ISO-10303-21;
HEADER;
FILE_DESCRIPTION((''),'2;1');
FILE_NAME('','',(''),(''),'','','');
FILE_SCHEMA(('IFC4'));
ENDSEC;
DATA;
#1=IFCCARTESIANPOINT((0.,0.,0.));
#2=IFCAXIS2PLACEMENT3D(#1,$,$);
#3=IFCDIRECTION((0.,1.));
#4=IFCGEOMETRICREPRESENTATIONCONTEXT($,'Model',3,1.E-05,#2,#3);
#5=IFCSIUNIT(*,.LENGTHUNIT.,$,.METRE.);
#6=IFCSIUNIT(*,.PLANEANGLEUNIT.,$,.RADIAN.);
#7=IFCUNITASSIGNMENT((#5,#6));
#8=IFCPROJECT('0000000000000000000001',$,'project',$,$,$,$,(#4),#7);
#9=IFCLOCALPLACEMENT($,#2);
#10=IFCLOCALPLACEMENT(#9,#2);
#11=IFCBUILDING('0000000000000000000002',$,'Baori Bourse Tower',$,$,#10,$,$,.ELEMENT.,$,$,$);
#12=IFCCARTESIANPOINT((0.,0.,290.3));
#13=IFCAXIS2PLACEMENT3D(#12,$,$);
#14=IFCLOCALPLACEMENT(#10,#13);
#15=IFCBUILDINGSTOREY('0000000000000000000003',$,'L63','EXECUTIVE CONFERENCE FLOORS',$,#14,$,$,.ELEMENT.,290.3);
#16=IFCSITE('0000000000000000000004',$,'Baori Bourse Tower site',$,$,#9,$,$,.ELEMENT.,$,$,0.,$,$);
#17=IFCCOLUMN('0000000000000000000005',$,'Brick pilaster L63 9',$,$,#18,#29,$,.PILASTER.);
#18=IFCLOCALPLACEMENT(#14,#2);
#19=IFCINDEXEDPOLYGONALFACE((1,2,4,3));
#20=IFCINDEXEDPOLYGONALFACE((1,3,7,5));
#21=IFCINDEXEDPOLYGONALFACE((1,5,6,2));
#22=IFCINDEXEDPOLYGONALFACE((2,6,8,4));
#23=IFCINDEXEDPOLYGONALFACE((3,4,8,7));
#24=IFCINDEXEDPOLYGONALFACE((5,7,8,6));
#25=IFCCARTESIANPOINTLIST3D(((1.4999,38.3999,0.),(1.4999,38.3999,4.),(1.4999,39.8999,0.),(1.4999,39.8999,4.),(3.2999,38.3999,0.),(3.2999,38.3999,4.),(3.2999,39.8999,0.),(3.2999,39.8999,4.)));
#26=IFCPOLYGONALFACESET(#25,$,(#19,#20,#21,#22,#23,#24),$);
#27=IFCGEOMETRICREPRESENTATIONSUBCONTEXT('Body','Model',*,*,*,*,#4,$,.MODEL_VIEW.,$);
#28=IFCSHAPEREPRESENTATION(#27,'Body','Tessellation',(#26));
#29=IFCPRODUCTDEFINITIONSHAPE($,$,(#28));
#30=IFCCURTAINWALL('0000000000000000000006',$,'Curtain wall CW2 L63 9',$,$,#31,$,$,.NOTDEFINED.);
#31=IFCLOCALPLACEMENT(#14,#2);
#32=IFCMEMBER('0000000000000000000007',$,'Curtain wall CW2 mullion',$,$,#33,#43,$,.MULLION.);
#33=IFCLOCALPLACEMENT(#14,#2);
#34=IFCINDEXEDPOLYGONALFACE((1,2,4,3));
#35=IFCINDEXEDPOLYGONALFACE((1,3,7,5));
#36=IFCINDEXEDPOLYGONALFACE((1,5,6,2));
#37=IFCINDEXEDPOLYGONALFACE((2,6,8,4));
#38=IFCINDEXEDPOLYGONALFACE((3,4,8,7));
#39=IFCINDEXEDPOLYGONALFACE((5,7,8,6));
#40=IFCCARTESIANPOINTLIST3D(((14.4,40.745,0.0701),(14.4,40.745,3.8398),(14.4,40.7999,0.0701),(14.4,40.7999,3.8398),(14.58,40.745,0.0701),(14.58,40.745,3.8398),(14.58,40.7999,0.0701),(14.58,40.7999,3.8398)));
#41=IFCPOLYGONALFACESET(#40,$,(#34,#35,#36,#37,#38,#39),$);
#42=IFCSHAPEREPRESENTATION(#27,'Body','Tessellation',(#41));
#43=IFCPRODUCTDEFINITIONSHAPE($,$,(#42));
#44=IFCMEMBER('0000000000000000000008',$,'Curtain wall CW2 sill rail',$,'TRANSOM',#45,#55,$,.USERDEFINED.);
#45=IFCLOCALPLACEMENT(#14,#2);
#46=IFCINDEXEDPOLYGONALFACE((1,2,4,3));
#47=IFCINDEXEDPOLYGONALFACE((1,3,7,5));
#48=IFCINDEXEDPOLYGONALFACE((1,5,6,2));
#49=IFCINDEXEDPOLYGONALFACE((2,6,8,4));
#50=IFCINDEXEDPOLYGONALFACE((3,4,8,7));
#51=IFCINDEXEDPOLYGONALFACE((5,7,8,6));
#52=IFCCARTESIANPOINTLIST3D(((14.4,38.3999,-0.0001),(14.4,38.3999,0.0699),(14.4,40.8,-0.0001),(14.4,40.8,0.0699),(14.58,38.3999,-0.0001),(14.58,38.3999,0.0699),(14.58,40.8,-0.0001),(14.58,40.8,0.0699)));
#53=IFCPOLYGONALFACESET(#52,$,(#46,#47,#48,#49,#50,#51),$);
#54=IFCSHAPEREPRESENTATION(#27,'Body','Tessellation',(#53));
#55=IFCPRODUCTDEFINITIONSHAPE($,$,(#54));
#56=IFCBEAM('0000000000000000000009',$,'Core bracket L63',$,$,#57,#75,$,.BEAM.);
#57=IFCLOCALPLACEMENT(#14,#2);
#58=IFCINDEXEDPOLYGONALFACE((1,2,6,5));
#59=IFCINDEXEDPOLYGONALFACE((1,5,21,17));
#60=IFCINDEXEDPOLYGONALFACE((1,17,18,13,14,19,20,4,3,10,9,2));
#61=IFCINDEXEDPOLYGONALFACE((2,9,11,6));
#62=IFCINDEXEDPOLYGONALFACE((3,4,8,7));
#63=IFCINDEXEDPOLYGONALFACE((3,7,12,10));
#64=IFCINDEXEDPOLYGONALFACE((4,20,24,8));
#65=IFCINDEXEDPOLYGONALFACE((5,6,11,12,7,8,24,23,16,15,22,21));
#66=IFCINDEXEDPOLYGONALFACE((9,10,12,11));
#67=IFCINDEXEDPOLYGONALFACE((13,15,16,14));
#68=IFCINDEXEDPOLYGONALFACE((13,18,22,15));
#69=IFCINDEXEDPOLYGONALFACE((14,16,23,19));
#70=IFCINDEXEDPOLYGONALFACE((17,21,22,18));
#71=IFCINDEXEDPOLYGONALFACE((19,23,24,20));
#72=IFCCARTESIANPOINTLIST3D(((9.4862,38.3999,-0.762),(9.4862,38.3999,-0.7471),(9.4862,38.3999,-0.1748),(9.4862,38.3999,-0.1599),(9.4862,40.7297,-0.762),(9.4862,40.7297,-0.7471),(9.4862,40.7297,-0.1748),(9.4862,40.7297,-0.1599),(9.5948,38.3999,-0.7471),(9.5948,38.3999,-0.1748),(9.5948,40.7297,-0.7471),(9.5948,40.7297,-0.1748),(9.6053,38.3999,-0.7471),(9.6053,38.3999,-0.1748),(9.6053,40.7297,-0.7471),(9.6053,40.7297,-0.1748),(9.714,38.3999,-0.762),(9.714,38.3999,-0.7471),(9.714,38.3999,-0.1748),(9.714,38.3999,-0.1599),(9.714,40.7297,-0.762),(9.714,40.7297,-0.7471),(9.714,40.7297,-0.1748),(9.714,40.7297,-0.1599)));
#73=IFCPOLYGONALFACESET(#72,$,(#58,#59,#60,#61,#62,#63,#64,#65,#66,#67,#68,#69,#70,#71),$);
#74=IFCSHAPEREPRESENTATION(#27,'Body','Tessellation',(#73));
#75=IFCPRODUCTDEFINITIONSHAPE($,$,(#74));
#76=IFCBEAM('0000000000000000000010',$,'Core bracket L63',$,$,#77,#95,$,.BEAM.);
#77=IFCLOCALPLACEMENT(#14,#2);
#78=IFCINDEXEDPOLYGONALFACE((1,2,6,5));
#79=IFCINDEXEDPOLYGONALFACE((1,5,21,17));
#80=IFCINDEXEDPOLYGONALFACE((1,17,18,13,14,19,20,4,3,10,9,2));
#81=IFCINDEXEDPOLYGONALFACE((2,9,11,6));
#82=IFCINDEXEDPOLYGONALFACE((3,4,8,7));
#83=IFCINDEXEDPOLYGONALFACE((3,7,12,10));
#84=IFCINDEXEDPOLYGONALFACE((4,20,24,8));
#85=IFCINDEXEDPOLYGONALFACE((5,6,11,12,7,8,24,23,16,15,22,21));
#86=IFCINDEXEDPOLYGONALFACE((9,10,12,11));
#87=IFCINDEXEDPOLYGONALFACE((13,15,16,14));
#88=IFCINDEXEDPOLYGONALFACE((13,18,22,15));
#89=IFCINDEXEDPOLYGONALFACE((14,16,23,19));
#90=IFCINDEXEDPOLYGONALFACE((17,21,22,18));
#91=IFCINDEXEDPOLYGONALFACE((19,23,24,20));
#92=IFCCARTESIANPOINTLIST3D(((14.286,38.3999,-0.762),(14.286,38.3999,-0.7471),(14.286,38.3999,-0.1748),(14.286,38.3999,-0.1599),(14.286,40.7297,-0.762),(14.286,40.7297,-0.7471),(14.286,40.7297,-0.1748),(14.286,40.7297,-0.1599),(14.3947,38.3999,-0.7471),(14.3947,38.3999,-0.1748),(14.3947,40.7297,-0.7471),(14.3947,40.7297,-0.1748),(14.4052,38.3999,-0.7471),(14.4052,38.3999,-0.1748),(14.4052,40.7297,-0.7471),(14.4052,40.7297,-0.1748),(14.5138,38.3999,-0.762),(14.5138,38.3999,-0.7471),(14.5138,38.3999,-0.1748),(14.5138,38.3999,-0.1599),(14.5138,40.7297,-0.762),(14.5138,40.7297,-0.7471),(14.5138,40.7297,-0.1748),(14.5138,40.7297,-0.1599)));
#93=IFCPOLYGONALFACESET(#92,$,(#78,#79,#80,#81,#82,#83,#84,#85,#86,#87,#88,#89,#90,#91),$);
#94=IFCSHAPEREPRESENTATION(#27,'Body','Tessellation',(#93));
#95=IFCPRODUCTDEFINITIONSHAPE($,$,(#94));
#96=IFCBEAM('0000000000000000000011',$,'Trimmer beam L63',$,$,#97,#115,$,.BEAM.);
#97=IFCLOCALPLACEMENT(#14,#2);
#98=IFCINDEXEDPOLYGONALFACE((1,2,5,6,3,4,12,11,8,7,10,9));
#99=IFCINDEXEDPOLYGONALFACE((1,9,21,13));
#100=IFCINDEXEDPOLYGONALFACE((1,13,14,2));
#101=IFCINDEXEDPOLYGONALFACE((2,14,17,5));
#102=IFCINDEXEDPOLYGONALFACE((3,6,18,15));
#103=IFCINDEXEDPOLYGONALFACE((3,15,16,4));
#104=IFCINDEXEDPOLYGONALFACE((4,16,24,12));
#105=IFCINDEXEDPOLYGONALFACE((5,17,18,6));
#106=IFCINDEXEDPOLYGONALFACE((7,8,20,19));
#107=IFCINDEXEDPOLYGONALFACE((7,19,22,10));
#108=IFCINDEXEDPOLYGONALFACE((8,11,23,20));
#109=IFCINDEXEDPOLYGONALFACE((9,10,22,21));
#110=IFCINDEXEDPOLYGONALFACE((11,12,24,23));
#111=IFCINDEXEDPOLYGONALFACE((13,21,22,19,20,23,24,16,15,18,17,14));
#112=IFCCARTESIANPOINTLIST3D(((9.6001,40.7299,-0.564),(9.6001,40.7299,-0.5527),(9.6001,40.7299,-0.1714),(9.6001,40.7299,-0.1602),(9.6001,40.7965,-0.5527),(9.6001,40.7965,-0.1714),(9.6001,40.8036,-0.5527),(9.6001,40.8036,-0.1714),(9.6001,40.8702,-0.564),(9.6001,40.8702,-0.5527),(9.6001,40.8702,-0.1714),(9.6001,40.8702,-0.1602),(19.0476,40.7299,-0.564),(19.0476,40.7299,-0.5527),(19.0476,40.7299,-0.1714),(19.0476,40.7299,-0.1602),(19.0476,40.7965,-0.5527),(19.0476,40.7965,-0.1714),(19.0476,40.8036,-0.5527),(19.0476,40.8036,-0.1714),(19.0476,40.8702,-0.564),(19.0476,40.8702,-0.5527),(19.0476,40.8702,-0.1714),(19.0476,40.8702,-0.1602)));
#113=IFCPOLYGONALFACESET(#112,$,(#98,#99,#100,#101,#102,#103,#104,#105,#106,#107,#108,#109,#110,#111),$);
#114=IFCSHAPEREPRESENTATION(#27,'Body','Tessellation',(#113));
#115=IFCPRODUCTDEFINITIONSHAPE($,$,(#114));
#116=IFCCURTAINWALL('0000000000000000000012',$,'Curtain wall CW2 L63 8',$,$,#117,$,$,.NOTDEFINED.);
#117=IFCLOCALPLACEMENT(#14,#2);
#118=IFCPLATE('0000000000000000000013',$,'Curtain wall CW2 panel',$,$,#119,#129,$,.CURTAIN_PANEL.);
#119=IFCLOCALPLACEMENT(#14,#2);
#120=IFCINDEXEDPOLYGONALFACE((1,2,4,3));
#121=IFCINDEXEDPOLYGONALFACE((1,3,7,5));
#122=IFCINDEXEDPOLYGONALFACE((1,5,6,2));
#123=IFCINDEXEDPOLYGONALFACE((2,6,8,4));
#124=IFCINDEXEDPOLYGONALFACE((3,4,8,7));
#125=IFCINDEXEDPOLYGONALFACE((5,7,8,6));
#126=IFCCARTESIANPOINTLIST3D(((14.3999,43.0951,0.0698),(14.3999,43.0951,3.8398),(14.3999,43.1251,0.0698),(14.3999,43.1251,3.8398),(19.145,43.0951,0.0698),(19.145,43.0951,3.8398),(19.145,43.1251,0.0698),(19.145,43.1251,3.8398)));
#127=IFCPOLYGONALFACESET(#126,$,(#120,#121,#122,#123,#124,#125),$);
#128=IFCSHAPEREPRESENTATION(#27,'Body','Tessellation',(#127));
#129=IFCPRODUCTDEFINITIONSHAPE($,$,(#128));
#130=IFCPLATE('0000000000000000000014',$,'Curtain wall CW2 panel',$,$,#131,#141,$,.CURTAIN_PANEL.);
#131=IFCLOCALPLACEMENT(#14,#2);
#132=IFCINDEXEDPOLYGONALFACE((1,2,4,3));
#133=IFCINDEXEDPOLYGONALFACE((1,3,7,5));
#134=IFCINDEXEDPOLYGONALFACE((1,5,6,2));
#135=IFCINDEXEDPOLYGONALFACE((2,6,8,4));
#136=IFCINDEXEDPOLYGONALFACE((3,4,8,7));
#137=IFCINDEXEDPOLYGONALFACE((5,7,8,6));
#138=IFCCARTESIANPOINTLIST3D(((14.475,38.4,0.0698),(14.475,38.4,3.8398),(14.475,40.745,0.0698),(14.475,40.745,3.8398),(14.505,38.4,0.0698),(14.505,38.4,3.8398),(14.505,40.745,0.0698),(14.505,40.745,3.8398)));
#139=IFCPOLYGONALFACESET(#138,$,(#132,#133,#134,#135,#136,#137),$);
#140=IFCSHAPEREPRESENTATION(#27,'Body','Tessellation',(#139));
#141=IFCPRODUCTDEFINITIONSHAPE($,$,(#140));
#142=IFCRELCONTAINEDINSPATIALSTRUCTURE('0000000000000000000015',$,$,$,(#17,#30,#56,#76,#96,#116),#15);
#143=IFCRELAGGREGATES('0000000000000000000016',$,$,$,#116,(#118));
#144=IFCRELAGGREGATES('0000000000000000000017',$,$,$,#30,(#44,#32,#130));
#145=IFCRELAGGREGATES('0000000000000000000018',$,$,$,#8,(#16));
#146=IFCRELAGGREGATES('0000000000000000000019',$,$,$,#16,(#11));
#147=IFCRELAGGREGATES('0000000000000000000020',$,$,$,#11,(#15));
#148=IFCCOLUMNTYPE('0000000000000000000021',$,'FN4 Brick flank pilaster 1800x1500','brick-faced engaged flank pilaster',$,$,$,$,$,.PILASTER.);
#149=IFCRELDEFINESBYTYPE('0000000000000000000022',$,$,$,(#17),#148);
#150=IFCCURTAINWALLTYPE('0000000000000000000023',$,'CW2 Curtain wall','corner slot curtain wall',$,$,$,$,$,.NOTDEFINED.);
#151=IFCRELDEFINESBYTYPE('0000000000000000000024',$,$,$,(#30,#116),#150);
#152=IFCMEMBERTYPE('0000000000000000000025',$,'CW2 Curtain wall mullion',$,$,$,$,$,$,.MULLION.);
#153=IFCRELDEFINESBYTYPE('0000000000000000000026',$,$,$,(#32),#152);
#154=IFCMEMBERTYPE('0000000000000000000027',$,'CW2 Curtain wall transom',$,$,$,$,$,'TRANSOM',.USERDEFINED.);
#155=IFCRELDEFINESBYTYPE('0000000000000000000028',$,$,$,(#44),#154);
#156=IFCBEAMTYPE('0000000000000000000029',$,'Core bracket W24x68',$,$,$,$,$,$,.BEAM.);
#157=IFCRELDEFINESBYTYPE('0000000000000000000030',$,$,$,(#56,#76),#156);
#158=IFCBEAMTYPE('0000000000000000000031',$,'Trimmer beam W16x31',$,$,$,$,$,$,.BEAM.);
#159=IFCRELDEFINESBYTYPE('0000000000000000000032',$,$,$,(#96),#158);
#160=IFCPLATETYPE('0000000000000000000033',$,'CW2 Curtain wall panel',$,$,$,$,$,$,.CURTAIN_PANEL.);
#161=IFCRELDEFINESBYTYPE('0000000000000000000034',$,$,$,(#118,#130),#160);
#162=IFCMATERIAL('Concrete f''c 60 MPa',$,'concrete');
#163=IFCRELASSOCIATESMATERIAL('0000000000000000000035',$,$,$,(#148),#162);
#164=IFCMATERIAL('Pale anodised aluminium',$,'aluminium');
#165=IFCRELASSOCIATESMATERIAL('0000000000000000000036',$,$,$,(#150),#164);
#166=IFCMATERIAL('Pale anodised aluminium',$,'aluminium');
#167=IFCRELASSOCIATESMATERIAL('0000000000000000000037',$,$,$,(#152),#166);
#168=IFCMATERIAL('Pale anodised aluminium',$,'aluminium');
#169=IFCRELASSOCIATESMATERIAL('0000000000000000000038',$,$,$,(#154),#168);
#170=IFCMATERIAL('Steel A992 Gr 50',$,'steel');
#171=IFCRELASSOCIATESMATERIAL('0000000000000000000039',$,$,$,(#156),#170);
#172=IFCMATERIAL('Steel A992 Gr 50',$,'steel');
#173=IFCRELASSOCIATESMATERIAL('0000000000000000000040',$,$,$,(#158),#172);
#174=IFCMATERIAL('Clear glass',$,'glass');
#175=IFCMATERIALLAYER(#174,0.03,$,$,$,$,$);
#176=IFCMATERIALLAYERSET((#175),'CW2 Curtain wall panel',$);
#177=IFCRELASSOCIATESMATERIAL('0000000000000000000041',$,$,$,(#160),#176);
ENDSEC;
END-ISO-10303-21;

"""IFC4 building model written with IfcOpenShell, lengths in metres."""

from ifc_helpers import new_model, si_unit, direction, frame, origin, origin_2d, place, context, subcontext, project, spatial, rectangle, i_section, extrude, material, layer, layer_set, material_profile, profile_set, type_object, element, aggregate, save


model = new_model("IFC4")

# Units and contexts
model_context = context("Model", 3, precision=1e-05, world=origin(), true_north=direction((0.0, 1.0)))
body_context = subcontext(model_context, "Body", "Model", "MODEL_VIEW")
ifc_project = project(units=[si_unit("LENGTHUNIT", "METRE"), si_unit("PLANEANGLEUNIT", "RADIAN")], contexts=[model_context])

# Site, building, storey
site_placement = place(None, origin())
site = spatial("IfcSite", under=ifc_project, at=site_placement, Name="Baori Bourse Tower site", CompositionType="ELEMENT", RefElevation=0.0)
building_placement = place(site_placement, origin())
building = spatial("IfcBuilding", under=site, at=building_placement, Name="Baori Bourse Tower", CompositionType="ELEMENT")
storey_placement = place(building_placement, frame((0.0, 0.0, 290.3)))
storey = spatial("IfcBuildingStorey", under=building, at=storey_placement, Name="L63", Description="EXECUTIVE CONFERENCE FLOORS", CompositionType="ELEMENT", Elevation=290.3)

# Column
ifc_material_1 = material(Name="Concrete f'c 60 MPa", Category="concrete")
ifc_material_profile_1 = material_profile(ifc_material_1, rectangle(XDim=1.8, YDim=1.5, at=origin_2d()), Name="RC 1800x1500")
ifc_profile_set_1 = profile_set([ifc_material_profile_1], Name="Concrete f'c 60 MPa")
column_type = type_object("IfcColumnType", Name="FN4 Brick flank pilaster 1800x1500", Description="brick-faced engaged flank pilaster", PredefinedType="PILASTER", material=ifc_profile_set_1)
column_placement = place(storey_placement, frame((2.3999, 39.1499, 0.0), z_axis=(0.0, 0.0, 1.0), x_axis=(1.0, 0.0, 0.0)))
element("IfcColumn", 1, at=column_placement, inside=storey, type_object=column_type, Name="Brick pilaster L63 9", PredefinedType="PILASTER", context=body_context, shape_type="SweptSolid", body=[
    extrude(rectangle(XDim=1.8, YDim=1.5, at=origin_2d()), origin(), (0.0, 0.0, 1.0), 4.0),
])

# Curtain wall, members
ifc_material_2 = material(Name="Pale anodised aluminium", Category="aluminium")
curtain_wall_type = type_object("IfcCurtainWallType", Name="CW2 Curtain wall", Description="corner slot curtain wall", PredefinedType="NOTDEFINED", material=ifc_material_2)
curtain_wall_1_placement = place(storey_placement, origin())
curtain_wall_1 = element("IfcCurtainWall", 2, at=curtain_wall_1_placement, inside=storey, type_object=curtain_wall_type, Name="Curtain wall CW2 L63 9", PredefinedType="NOTDEFINED")
ifc_material_3 = material(Name="Pale anodised aluminium", Category="aluminium")
ifc_material_profile_2 = material_profile(ifc_material_3, rectangle(XDim=0.1799, YDim=0.0549, at=origin_2d()), Name="Mullion 55x180")
ifc_profile_set_2 = profile_set([ifc_material_profile_2], Name="Pale anodised aluminium")
member_type_1 = type_object("IfcMemberType", Name="CW2 Curtain wall mullion", PredefinedType="MULLION", material=ifc_profile_set_2)
member_1_placement = place(storey_placement, frame((14.49, 40.7725, 0.0701), z_axis=(0.0, 0.0, 1.0), x_axis=(1.0, 0.0, 0.0)))
member_1 = element("IfcMember", 3, at=member_1_placement, type_object=member_type_1, Name="Curtain wall CW2 mullion", PredefinedType="MULLION", context=body_context, shape_type="SweptSolid", body=[
    extrude(rectangle(XDim=0.1799, YDim=0.0549, at=origin_2d()), origin(), (0.0, 0.0, 1.0), 3.7698),
])
ifc_material_4 = material(Name="Pale anodised aluminium", Category="aluminium")
ifc_material_profile_3 = material_profile(ifc_material_4, rectangle(XDim=0.1799, YDim=0.0701, at=origin_2d()), Name="Transom 70x180")
ifc_profile_set_3 = profile_set([ifc_material_profile_3], Name="Pale anodised aluminium")
member_type_2 = type_object("IfcMemberType", Name="CW2 Curtain wall transom", ElementType="TRANSOM", PredefinedType="USERDEFINED", material=ifc_profile_set_3)
member_2_placement = place(storey_placement, frame((14.49, 40.8, 0.0349), z_axis=(0.0, -1.0, 0.0), x_axis=(1.0, 0.0, 0.0)))
member_2 = element("IfcMember", 4, at=member_2_placement, type_object=member_type_2, Name="Curtain wall CW2 sill rail", ObjectType="TRANSOM", PredefinedType="USERDEFINED", context=body_context, shape_type="SweptSolid", body=[
    extrude(rectangle(XDim=0.1799, YDim=0.0701, at=origin_2d()), origin(), (0.0, 0.0, 1.0), 2.4001),
])

# Beams
ifc_material_5 = material(Name="Steel A992 Gr 50", Category="steel")
ifc_material_profile_4 = material_profile(ifc_material_5, i_section(OverallWidth=0.2278, OverallDepth=0.6021, WebThickness=0.0105, FlangeThickness=0.0149, at=origin_2d()), Name="W24x68")
ifc_profile_set_4 = profile_set([ifc_material_profile_4], Name="Steel A992 Gr 50")
beam_type_1 = type_object("IfcBeamType", Name="Core bracket W24x68", PredefinedType="BEAM", material=ifc_profile_set_4)
for number, where, z_axis, x_axis, name in (
    (5, (9.6001, 38.3999, -0.4609), (0.0, 1.0, 0.0), (-1.0, 0.0, 0.0), "Core bracket L63"),
    (6, (14.3999, 38.3999, -0.4609), (0.0, 1.0, 0.0), (-1.0, 0.0, 0.0), "Core bracket L63"),
):
    element("IfcBeam", number, at=place(storey_placement, frame(where, z_axis=z_axis, x_axis=x_axis)), inside=storey, type_object=beam_type_1, Name=name, PredefinedType="BEAM", context=body_context, shape_type="SweptSolid", body=[
        extrude(i_section(OverallWidth=0.2278, OverallDepth=0.6021, WebThickness=0.0105, FlangeThickness=0.0149, at=origin_2d()), origin(), (0.0, 0.0, 1.0), 2.3298),
    ])
ifc_material_6 = material(Name="Steel A992 Gr 50", Category="steel")
ifc_material_profile_5 = material_profile(ifc_material_6, i_section(OverallWidth=0.1404, OverallDepth=0.4038, WebThickness=0.0071, FlangeThickness=0.0112, at=origin_2d()), Name="W16x31")
ifc_profile_set_5 = profile_set([ifc_material_profile_5], Name="Steel A992 Gr 50")
beam_type_2 = type_object("IfcBeamType", Name="Trimmer beam W16x31", PredefinedType="BEAM", material=ifc_profile_set_5)
beam_placement = place(storey_placement, frame((9.6001, 40.8, -0.3621), z_axis=(1.0, 0.0, 0.0), x_axis=(0.0, 1.0, 0.0)))
element("IfcBeam", 7, at=beam_placement, inside=storey, type_object=beam_type_2, Name="Trimmer beam L63", PredefinedType="BEAM", context=body_context, shape_type="SweptSolid", body=[
    extrude(i_section(OverallWidth=0.1404, OverallDepth=0.4038, WebThickness=0.0071, FlangeThickness=0.0112, at=origin_2d()), origin(), (0.0, 0.0, 1.0), 9.4475),
])

# Curtain wall, plate
curtain_wall_2_placement = place(storey_placement, origin())
curtain_wall_2 = element("IfcCurtainWall", 8, at=curtain_wall_2_placement, inside=storey, type_object=curtain_wall_type, Name="Curtain wall CW2 L63 8", PredefinedType="NOTDEFINED")
ifc_material_7 = material(Name="Clear glass", Category="glass")
ifc_layer_1 = layer(ifc_material_7, 0.03)
ifc_layer_set_1 = layer_set([ifc_layer_1], Name="CW2 Curtain wall panel")
plate_type = type_object("IfcPlateType", Name="CW2 Curtain wall panel", PredefinedType="CURTAIN_PANEL", material=ifc_layer_set_1)
plate_1_placement = place(storey_placement, frame((16.7725, 43.1101, 0.0698), z_axis=(0.0, 0.0, 1.0), x_axis=(-1.0, 0.0, 0.0)))
plate_1 = element("IfcPlate", 9, at=plate_1_placement, type_object=plate_type, Name="Curtain wall CW2 panel", PredefinedType="CURTAIN_PANEL", context=body_context, shape_type="SweptSolid", body=[
    extrude(rectangle(XDim=4.7451, YDim=0.03, at=origin_2d()), origin(), (0.0, 0.0, 1.0), 3.77),
])
aggregate(curtain_wall_2, [plate_1])

# Plate
plate_2_placement = place(storey_placement, frame((14.49, 39.5725, 0.0698), z_axis=(0.0, 0.0, 1.0), x_axis=(0.0, -1.0, 0.0)))
plate_2 = element("IfcPlate", 10, at=plate_2_placement, type_object=plate_type, Name="Curtain wall CW2 panel", PredefinedType="CURTAIN_PANEL", context=body_context, shape_type="SweptSolid", body=[
    extrude(rectangle(XDim=2.345, YDim=0.03, at=origin_2d()), origin(), (0.0, 0.0, 1.0), 3.77),
])
aggregate(curtain_wall_1, [member_2, member_1, plate_2])

save(model, "model.ifc")
